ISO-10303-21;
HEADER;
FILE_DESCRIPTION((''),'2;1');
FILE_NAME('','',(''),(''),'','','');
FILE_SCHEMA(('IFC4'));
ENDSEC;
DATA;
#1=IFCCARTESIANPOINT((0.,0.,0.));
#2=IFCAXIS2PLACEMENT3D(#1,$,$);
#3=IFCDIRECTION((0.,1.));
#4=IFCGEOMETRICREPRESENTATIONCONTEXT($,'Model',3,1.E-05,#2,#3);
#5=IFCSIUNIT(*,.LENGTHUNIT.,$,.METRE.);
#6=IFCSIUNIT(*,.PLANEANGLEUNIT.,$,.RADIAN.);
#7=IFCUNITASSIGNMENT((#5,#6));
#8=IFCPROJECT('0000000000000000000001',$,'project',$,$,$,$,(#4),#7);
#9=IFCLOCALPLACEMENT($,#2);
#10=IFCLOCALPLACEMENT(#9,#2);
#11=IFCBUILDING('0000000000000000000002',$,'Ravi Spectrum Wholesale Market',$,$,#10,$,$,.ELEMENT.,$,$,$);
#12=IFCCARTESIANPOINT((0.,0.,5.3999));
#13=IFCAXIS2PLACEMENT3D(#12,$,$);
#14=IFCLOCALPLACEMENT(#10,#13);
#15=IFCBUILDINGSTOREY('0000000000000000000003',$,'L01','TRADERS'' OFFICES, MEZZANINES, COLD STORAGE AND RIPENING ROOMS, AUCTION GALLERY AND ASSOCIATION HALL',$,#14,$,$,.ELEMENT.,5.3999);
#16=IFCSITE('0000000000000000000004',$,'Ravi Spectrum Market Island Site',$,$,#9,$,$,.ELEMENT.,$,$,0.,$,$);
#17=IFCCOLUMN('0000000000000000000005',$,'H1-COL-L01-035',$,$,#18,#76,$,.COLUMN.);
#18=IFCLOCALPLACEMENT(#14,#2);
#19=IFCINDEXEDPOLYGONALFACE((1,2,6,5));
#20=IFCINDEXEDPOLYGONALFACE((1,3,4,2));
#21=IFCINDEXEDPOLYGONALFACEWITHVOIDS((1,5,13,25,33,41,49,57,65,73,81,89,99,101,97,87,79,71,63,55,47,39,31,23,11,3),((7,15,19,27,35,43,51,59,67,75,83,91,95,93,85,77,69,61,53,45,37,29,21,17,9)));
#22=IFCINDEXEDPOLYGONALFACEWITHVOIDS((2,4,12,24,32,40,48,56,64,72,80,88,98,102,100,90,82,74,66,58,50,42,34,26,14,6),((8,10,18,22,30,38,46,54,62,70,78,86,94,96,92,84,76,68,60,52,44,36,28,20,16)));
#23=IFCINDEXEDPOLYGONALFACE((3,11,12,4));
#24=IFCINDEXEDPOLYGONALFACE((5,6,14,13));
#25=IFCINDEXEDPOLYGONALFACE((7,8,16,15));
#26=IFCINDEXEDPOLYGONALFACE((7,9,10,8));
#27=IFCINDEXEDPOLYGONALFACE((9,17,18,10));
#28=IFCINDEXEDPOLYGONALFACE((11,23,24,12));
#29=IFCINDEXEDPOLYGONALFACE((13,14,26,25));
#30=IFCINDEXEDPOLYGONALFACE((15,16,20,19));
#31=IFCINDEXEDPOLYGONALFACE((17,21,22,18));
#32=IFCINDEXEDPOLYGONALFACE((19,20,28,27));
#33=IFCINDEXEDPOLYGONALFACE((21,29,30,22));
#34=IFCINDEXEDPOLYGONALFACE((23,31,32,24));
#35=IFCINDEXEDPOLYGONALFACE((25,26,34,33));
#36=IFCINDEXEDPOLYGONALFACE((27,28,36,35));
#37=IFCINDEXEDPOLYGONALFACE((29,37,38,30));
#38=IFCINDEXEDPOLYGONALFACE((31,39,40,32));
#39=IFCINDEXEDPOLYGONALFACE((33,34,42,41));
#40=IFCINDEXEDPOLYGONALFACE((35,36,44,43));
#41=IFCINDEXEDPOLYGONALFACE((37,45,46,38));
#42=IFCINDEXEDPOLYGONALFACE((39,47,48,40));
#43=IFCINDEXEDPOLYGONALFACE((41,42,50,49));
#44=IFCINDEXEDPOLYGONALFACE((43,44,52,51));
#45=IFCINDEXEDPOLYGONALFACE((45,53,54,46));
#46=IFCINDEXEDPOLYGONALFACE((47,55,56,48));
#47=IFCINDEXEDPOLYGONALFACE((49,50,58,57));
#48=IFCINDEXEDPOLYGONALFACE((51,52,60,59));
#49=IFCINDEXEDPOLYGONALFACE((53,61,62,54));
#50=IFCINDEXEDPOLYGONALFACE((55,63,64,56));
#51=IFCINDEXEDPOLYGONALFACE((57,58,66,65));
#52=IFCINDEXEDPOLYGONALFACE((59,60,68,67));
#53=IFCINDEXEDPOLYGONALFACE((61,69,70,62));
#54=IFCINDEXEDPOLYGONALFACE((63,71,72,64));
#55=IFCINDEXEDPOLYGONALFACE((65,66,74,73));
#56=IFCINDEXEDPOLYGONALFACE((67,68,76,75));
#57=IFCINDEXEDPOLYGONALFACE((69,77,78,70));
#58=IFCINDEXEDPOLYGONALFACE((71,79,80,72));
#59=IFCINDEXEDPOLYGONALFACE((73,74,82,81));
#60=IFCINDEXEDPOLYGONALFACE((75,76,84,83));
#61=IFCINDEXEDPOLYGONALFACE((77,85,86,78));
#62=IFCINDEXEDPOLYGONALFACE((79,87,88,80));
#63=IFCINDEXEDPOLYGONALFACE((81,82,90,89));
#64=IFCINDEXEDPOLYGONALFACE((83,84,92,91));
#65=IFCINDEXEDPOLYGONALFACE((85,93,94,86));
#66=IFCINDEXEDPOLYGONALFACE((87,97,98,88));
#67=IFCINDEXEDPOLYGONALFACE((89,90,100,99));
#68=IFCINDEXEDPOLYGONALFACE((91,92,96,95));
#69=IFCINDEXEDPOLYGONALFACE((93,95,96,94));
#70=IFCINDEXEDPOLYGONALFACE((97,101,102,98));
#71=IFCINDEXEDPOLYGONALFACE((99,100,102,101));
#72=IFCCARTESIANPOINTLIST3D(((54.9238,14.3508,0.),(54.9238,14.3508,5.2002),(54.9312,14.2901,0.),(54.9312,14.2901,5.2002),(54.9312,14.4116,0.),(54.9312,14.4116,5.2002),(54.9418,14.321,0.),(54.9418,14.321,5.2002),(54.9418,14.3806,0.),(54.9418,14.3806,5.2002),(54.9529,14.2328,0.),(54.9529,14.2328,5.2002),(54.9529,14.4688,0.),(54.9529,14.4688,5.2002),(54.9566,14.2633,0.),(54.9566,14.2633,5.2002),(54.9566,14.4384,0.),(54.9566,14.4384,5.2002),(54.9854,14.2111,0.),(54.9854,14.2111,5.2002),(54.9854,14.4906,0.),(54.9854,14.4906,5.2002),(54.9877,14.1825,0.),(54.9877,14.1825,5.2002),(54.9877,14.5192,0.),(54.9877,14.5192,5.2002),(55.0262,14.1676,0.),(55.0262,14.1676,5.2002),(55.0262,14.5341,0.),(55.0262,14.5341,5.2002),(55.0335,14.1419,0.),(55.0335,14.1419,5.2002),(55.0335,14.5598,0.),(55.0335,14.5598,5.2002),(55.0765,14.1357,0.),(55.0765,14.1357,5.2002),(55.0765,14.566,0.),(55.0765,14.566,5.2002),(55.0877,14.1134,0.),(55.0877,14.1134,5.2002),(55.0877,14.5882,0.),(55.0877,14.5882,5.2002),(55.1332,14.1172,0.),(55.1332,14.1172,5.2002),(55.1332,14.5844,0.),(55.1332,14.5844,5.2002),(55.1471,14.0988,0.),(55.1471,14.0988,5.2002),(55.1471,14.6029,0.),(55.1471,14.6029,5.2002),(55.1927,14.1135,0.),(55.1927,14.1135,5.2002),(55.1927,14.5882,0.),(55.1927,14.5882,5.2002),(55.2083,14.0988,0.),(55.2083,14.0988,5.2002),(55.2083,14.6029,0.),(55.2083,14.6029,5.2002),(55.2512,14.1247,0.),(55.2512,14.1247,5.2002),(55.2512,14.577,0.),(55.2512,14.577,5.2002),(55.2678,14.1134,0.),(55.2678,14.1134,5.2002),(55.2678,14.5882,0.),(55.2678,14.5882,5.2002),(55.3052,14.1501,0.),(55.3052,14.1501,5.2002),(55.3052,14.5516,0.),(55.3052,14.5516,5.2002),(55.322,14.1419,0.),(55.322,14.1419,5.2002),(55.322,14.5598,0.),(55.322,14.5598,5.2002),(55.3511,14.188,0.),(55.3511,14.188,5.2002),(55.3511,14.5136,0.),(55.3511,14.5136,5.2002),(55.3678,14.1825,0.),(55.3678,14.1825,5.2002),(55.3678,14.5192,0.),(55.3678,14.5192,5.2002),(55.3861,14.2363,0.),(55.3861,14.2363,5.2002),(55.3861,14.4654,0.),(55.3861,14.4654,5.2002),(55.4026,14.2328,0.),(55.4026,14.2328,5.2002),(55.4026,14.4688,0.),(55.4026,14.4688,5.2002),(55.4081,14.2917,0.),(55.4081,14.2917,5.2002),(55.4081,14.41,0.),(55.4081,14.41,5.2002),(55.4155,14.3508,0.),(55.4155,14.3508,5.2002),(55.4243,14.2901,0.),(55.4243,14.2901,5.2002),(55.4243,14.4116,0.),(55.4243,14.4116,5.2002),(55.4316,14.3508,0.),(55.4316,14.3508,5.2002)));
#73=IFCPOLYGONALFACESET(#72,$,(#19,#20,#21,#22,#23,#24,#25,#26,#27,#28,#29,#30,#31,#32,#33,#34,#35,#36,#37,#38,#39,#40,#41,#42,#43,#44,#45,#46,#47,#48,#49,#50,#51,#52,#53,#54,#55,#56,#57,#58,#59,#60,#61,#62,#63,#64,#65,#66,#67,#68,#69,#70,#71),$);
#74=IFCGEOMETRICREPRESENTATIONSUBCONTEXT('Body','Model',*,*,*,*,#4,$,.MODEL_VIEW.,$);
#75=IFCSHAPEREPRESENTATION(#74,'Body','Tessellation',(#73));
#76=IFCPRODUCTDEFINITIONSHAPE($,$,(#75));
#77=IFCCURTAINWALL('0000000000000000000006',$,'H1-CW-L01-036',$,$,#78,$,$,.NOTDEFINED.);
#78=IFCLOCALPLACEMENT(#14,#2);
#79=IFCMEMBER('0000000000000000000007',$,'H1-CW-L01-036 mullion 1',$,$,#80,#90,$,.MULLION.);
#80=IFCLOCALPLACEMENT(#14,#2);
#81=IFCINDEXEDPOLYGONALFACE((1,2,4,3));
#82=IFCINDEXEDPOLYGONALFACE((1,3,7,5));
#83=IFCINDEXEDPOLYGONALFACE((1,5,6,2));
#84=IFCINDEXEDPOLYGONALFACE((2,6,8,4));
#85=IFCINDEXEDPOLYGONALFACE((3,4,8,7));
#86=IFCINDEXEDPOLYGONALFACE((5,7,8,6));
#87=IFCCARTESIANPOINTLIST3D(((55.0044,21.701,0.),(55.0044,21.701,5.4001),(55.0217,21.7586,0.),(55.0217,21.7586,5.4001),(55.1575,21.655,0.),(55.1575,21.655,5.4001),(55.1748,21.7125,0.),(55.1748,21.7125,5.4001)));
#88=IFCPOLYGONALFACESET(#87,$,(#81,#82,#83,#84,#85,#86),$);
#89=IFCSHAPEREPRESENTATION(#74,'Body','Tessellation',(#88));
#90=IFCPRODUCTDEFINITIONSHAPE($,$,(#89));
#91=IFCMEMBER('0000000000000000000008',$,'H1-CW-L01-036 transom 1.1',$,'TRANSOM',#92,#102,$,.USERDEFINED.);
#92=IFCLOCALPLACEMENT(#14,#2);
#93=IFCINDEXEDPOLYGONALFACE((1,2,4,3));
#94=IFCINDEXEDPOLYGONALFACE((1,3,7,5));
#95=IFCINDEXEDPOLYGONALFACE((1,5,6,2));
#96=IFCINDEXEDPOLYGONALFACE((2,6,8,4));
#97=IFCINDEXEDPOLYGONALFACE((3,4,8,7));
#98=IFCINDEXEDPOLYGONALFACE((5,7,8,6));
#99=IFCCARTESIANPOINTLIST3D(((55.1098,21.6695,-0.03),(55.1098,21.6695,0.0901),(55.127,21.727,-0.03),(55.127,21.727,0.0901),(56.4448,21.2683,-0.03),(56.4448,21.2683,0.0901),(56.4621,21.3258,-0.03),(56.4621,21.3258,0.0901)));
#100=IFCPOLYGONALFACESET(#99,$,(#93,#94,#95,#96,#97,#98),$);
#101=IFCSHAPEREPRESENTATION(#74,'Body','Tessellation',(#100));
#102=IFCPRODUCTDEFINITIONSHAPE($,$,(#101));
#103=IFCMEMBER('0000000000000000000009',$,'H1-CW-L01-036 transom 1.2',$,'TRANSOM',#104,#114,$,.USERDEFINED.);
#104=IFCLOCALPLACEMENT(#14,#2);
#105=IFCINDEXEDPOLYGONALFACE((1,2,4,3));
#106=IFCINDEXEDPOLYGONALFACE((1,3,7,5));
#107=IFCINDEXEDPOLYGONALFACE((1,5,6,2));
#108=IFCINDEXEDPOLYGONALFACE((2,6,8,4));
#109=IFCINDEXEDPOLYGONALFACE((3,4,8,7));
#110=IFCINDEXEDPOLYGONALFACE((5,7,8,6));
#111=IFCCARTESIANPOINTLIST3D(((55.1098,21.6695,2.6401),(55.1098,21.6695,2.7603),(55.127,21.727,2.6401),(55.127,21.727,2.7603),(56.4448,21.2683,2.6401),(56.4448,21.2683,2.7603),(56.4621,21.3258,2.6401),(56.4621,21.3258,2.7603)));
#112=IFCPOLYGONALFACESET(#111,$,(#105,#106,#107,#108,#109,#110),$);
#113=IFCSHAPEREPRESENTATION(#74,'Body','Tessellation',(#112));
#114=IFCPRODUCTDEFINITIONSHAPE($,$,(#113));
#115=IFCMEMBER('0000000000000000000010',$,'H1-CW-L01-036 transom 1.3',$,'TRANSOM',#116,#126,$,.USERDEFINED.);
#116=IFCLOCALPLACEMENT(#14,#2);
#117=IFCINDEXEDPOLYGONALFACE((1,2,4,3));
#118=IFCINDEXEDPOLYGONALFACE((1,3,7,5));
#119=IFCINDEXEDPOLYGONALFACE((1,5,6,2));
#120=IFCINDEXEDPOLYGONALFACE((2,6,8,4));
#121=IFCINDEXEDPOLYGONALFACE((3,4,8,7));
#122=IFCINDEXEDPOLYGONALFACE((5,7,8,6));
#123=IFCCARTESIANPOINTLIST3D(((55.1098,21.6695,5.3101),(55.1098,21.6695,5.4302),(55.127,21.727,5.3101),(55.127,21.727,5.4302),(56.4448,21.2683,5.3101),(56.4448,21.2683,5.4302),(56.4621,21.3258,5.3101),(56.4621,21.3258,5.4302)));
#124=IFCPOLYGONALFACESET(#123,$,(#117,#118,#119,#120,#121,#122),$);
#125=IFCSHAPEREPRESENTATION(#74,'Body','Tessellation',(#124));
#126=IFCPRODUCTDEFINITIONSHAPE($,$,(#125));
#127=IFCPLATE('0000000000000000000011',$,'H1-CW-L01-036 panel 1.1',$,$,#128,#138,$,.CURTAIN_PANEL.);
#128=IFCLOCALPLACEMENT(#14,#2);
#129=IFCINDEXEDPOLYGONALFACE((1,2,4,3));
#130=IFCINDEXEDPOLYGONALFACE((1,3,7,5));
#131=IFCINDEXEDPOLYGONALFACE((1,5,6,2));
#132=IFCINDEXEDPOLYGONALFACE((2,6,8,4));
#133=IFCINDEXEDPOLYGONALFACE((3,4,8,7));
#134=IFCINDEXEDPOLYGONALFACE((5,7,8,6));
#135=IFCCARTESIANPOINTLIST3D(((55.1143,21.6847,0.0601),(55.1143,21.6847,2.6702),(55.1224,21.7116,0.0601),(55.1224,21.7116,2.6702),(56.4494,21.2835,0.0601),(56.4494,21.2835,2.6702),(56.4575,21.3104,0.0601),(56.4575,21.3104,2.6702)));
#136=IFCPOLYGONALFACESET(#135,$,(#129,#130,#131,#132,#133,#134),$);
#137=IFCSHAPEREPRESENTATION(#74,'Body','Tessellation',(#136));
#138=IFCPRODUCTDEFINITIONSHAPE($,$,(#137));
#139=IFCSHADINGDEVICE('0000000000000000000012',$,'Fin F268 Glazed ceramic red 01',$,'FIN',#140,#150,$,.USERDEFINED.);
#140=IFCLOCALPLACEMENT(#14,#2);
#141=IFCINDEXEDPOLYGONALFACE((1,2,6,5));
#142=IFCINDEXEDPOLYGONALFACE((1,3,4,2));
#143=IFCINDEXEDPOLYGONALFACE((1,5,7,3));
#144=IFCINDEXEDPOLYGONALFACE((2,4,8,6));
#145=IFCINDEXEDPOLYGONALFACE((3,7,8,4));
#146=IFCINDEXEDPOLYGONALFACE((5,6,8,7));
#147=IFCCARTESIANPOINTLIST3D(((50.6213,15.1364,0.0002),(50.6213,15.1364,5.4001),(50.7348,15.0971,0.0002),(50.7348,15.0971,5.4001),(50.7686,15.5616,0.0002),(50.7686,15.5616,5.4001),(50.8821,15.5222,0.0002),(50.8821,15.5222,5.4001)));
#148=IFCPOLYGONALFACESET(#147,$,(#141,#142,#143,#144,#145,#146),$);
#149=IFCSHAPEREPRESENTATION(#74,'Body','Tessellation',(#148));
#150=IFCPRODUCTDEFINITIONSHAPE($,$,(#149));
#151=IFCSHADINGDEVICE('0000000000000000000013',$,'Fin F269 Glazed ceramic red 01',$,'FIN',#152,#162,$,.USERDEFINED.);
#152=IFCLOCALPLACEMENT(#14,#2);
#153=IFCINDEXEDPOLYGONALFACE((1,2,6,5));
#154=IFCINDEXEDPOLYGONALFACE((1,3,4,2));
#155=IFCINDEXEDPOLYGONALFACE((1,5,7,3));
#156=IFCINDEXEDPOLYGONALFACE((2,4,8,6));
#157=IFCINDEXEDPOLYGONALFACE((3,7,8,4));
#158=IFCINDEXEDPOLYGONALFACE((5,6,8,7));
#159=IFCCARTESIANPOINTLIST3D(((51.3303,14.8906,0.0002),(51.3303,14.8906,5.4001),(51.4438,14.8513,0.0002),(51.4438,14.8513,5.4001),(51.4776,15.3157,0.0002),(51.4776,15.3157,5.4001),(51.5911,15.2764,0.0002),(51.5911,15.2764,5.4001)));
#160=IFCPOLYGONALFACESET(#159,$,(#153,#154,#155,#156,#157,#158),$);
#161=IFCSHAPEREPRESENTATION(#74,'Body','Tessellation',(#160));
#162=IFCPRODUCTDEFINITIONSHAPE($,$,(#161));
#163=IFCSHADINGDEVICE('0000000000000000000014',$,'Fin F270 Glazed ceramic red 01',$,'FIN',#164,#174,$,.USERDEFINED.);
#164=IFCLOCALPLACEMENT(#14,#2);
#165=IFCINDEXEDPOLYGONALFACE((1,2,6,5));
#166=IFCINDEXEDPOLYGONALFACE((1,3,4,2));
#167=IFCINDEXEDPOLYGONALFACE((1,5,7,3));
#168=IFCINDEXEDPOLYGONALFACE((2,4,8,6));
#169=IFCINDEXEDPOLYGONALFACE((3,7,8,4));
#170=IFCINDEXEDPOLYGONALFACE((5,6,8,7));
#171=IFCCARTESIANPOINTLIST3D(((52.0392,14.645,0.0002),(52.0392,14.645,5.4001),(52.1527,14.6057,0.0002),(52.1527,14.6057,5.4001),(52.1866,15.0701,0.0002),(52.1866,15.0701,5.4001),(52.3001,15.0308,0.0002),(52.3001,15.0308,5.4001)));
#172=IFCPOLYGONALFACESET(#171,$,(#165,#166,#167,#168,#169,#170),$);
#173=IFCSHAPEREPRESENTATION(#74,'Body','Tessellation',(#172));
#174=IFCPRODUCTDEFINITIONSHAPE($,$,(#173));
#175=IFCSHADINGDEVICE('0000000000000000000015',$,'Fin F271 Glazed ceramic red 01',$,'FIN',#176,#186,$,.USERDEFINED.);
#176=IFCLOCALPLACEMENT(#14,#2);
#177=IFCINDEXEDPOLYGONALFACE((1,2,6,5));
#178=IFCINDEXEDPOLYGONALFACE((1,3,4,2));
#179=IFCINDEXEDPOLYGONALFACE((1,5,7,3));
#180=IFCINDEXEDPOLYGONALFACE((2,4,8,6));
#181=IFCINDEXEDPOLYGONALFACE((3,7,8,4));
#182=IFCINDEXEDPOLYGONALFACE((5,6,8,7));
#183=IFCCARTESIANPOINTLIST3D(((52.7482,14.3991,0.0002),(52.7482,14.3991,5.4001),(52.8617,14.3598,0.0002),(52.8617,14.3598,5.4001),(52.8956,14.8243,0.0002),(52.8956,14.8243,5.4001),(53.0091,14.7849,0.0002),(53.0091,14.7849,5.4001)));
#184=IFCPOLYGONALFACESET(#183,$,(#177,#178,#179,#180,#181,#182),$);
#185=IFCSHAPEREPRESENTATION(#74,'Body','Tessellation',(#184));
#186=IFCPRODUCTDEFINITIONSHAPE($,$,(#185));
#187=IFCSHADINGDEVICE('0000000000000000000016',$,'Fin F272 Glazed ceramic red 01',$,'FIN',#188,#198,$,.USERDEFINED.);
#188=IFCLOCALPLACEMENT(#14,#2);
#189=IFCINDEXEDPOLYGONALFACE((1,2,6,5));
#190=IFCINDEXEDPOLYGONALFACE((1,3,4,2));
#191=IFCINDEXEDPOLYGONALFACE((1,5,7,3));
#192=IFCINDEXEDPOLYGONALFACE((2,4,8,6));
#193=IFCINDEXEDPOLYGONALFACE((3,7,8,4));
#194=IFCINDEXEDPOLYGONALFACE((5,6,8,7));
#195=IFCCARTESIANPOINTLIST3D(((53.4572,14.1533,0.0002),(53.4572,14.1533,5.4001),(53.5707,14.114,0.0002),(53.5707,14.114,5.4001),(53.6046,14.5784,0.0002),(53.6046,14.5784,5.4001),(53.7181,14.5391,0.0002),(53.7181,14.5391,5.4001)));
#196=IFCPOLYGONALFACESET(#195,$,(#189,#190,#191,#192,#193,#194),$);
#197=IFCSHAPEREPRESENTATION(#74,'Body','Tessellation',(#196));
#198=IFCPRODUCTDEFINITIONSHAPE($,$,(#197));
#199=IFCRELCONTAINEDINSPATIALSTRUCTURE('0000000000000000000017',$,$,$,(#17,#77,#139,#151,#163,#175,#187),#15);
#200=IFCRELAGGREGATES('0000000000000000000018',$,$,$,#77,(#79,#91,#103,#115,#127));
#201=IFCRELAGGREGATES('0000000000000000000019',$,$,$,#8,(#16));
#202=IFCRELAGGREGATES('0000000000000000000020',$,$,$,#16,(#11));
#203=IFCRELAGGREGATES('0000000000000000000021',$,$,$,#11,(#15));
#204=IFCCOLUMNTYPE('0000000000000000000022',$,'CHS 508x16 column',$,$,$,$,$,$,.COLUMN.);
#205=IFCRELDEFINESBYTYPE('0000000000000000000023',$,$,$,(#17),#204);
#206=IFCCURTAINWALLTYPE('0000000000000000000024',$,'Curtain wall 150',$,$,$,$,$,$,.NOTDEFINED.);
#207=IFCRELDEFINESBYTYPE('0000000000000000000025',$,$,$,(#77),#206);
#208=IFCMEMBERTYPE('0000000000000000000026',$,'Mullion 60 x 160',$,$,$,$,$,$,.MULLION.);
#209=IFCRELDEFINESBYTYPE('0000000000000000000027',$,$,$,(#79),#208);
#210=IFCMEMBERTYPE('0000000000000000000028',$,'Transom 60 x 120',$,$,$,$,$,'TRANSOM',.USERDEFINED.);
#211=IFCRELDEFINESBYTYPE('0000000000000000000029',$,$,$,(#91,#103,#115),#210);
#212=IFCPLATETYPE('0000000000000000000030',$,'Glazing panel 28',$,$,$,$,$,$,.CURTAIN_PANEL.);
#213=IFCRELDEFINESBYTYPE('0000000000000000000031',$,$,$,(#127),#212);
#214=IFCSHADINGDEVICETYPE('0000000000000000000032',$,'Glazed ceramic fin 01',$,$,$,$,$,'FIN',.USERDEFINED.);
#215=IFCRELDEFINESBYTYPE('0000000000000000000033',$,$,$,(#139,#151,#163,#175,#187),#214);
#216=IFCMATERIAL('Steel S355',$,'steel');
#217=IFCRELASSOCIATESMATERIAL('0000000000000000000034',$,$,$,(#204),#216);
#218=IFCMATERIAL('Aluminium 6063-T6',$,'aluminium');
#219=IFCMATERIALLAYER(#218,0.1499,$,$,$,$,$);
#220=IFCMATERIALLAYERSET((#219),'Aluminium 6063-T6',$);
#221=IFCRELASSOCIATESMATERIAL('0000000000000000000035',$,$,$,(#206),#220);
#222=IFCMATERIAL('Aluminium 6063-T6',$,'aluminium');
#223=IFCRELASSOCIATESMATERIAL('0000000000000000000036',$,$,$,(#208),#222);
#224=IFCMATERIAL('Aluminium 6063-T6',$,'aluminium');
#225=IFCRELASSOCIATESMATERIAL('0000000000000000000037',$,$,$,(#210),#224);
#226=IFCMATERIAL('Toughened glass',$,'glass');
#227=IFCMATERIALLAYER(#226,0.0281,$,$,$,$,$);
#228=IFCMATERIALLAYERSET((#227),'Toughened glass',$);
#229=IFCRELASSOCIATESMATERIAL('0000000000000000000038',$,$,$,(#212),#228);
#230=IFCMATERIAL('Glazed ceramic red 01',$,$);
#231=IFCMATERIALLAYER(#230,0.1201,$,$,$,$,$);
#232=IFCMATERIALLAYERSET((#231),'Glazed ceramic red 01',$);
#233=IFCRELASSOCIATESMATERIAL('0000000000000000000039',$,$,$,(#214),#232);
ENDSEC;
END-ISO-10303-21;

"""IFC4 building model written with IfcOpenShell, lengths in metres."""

from ifc_helpers import new_model, si_unit, direction, frame, origin, origin_2d, place, context, subcontext, project, spatial, rectangle, hollow_circle, extrude, material, layer, layer_set, material_profile, profile_set, type_object, element, aggregate, save


model = new_model("IFC4")

# Units and contexts
model_context = context("Model", 3, precision=1e-05, world=origin(), true_north=direction((0.0, 1.0)))
body_context = subcontext(model_context, "Body", "Model", "MODEL_VIEW")
ifc_project = project(units=[si_unit("LENGTHUNIT", "METRE"), si_unit("PLANEANGLEUNIT", "RADIAN")], contexts=[model_context])

# Site, building, storey
site_placement = place(None, origin())
site = spatial("IfcSite", under=ifc_project, at=site_placement, Name="Ravi Spectrum Market Island Site", CompositionType="ELEMENT", RefElevation=0.0)
building_placement = place(site_placement, origin())
building = spatial("IfcBuilding", under=site, at=building_placement, Name="Ravi Spectrum Wholesale Market", CompositionType="ELEMENT")
storey_placement = place(building_placement, frame((0.0, 0.0, 5.3999)))
storey = spatial("IfcBuildingStorey", under=building, at=storey_placement, Name="L01", Description="TRADERS' OFFICES, MEZZANINES, COLD STORAGE AND RIPENING ROOMS, AUCTION GALLERY AND ASSOCIATION HALL", CompositionType="ELEMENT", Elevation=5.3999)

# Column
ifc_material_1 = material(Name="Steel S355", Category="steel")
ifc_material_profile_1 = material_profile(ifc_material_1, hollow_circle(Radius=0.2539, WallThickness=0.0161, at=origin_2d()))
ifc_profile_set_1 = profile_set([ifc_material_profile_1], Name="Steel S355")
column_type = type_object("IfcColumnType", Name="CHS 508x16 column", PredefinedType="COLUMN", material=ifc_profile_set_1)
column_placement = place(storey_placement, frame((55.1777, 14.3508, 0.0), z_axis=(0.0, 0.0, 1.0), x_axis=(1.0, 0.0, 0.0)))
element("IfcColumn", 1, at=column_placement, inside=storey, type_object=column_type, Name="H1-COL-L01-035", PredefinedType="COLUMN", context=body_context, shape_type="SweptSolid", body=[
    extrude(hollow_circle(Radius=0.2539, WallThickness=0.0161, at=origin_2d()), origin(), (0.0, 0.0, 1.0), 5.2002),
])

# Curtain wall, members, plate
ifc_material_2 = material(Name="Aluminium 6063-T6", Category="aluminium")
ifc_layer_1 = layer(ifc_material_2, 0.1499)
ifc_layer_set_1 = layer_set([ifc_layer_1], Name="Aluminium 6063-T6")
curtain_wall_type = type_object("IfcCurtainWallType", Name="Curtain wall 150", PredefinedType="NOTDEFINED", material=ifc_layer_set_1)
curtain_wall_placement = place(storey_placement, origin())
curtain_wall = element("IfcCurtainWall", 2, at=curtain_wall_placement, inside=storey, type_object=curtain_wall_type, Name="H1-CW-L01-036", PredefinedType="NOTDEFINED")
ifc_material_3 = material(Name="Aluminium 6063-T6", Category="aluminium")
ifc_material_profile_2 = material_profile(ifc_material_3, rectangle(XDim=0.0601, YDim=0.1599, at=origin_2d()))
ifc_profile_set_2 = profile_set([ifc_material_profile_2], Name="Aluminium 6063-T6")
member_type_1 = type_object("IfcMemberType", Name="Mullion 60 x 160", PredefinedType="MULLION", material=ifc_profile_set_2)
member_1_placement = place(storey_placement, frame((55.0896, 21.7068, 0.0), z_axis=(0.0, 0.0, 1.0), x_axis=(0.287766, 0.957701, 0.0)))
member_1 = element("IfcMember", 3, at=member_1_placement, type_object=member_type_1, Name="H1-CW-L01-036 mullion 1", PredefinedType="MULLION", context=body_context, shape_type="SweptSolid", body=[
    extrude(rectangle(XDim=0.0601, YDim=0.1599, at=origin_2d()), origin(), (0.0, 0.0, 1.0), 5.4001),
])
ifc_material_4 = material(Name="Aluminium 6063-T6", Category="aluminium")
ifc_material_profile_3 = material_profile(ifc_material_4, rectangle(XDim=0.0601, YDim=0.1201, at=origin_2d()))
ifc_profile_set_3 = profile_set([ifc_material_profile_3], Name="Aluminium 6063-T6")
member_type_2 = type_object("IfcMemberType", Name="Transom 60 x 120", ElementType="TRANSOM", PredefinedType="USERDEFINED", material=ifc_profile_set_3)
member_2_placement = place(storey_placement, frame((55.1184, 21.6982, 0.03), z_axis=(0.957701, -0.287766, 0.0), x_axis=(0.287766, 0.957701, 0.0)))
member_2 = element("IfcMember", 4, at=member_2_placement, type_object=member_type_2, Name="H1-CW-L01-036 transom 1.1", ObjectType="TRANSOM", PredefinedType="USERDEFINED", context=body_context, shape_type="SweptSolid", body=[
    extrude(rectangle(XDim=0.0601, YDim=0.1201, at=origin_2d()), origin(), (0.0, 0.0, 1.0), 1.394),
])
member_3_placement = place(storey_placement, frame((55.1184, 21.6982, 2.7002), z_axis=(0.957701, -0.287766, 0.0), x_axis=(0.287766, 0.957701, 0.0)))
member_3 = element("IfcMember", 5, at=member_3_placement, type_object=member_type_2, Name="H1-CW-L01-036 transom 1.2", ObjectType="TRANSOM", PredefinedType="USERDEFINED", context=body_context, shape_type="SweptSolid", body=[
    extrude(rectangle(XDim=0.0601, YDim=0.1201, at=origin_2d()), origin(), (0.0, 0.0, 1.0), 1.394),
])
member_4_placement = place(storey_placement, frame((55.1184, 21.6982, 5.3701), z_axis=(0.957701, -0.287766, 0.0), x_axis=(0.287766, 0.957701, 0.0)))
member_4 = element("IfcMember", 6, at=member_4_placement, type_object=member_type_2, Name="H1-CW-L01-036 transom 1.3", ObjectType="TRANSOM", PredefinedType="USERDEFINED", context=body_context, shape_type="SweptSolid", body=[
    extrude(rectangle(XDim=0.0601, YDim=0.1201, at=origin_2d()), origin(), (0.0, 0.0, 1.0), 1.394),
])
ifc_material_5 = material(Name="Toughened glass", Category="glass")
ifc_layer_2 = layer(ifc_material_5, 0.0281)
ifc_layer_set_2 = layer_set([ifc_layer_2], Name="Toughened glass")
plate_type = type_object("IfcPlateType", Name="Glazing panel 28", PredefinedType="CURTAIN_PANEL", material=ifc_layer_set_2)
plate_placement = place(storey_placement, frame((55.7859, 21.4976, 0.0601), z_axis=(0.0, 0.0, 1.0), x_axis=(0.957701, -0.287766, 0.0)))
plate = element("IfcPlate", 7, at=plate_placement, type_object=plate_type, Name="H1-CW-L01-036 panel 1.1", PredefinedType="CURTAIN_PANEL", context=body_context, shape_type="SweptSolid", body=[
    extrude(rectangle(XDim=1.394, YDim=0.0281, at=origin_2d()), origin(), (0.0, 0.0, 1.0), 2.6101),
])
aggregate(curtain_wall, [member_1, member_2, member_3, member_4, plate])

# Shading devices
ifc_material_6 = material(Name="Glazed ceramic red 01")
ifc_layer_3 = layer(ifc_material_6, 0.1201)
ifc_layer_set_3 = layer_set([ifc_layer_3], Name="Glazed ceramic red 01")
shading_device_type = type_object("IfcShadingDeviceType", Name="Glazed ceramic fin 01", ElementType="FIN", PredefinedType="USERDEFINED", material=ifc_layer_set_3)
for number, where, z_axis, x_axis, name in (
    (8, (50.7517, 15.3293, 0.0002), (0.0, 0.0, 1.0), (0.944847, -0.327512, 0.0), "Fin F268 Glazed ceramic red 01"),
    (9, (51.4607, 15.0835, 0.0002), (0.0, 0.0, 1.0), (0.944847, -0.327512, 0.0), "Fin F269 Glazed ceramic red 01"),
    (10, (52.1697, 14.8379, 0.0002), (0.0, 0.0, 1.0), (0.944847, -0.327512, 0.0), "Fin F270 Glazed ceramic red 01"),
    (11, (52.8787, 14.592, 0.0002), (0.0, 0.0, 1.0), (0.944847, -0.327512, 0.0), "Fin F271 Glazed ceramic red 01"),
    (12, (53.5876, 14.3462, 0.0002), (0.0, 0.0, 1.0), (0.944847, -0.327512, 0.0), "Fin F272 Glazed ceramic red 01"),
):
    element("IfcShadingDevice", number, at=place(storey_placement, frame(where, z_axis=z_axis, x_axis=x_axis)), inside=storey, type_object=shading_device_type, Name=name, ObjectType="FIN", PredefinedType="USERDEFINED", context=body_context, shape_type="SweptSolid", body=[
        extrude(rectangle(XDim=0.1201, YDim=0.45, at=origin_2d()), origin(), (0.0, 0.0, 1.0), 5.3999),
    ])

save(model, "model.ifc")
